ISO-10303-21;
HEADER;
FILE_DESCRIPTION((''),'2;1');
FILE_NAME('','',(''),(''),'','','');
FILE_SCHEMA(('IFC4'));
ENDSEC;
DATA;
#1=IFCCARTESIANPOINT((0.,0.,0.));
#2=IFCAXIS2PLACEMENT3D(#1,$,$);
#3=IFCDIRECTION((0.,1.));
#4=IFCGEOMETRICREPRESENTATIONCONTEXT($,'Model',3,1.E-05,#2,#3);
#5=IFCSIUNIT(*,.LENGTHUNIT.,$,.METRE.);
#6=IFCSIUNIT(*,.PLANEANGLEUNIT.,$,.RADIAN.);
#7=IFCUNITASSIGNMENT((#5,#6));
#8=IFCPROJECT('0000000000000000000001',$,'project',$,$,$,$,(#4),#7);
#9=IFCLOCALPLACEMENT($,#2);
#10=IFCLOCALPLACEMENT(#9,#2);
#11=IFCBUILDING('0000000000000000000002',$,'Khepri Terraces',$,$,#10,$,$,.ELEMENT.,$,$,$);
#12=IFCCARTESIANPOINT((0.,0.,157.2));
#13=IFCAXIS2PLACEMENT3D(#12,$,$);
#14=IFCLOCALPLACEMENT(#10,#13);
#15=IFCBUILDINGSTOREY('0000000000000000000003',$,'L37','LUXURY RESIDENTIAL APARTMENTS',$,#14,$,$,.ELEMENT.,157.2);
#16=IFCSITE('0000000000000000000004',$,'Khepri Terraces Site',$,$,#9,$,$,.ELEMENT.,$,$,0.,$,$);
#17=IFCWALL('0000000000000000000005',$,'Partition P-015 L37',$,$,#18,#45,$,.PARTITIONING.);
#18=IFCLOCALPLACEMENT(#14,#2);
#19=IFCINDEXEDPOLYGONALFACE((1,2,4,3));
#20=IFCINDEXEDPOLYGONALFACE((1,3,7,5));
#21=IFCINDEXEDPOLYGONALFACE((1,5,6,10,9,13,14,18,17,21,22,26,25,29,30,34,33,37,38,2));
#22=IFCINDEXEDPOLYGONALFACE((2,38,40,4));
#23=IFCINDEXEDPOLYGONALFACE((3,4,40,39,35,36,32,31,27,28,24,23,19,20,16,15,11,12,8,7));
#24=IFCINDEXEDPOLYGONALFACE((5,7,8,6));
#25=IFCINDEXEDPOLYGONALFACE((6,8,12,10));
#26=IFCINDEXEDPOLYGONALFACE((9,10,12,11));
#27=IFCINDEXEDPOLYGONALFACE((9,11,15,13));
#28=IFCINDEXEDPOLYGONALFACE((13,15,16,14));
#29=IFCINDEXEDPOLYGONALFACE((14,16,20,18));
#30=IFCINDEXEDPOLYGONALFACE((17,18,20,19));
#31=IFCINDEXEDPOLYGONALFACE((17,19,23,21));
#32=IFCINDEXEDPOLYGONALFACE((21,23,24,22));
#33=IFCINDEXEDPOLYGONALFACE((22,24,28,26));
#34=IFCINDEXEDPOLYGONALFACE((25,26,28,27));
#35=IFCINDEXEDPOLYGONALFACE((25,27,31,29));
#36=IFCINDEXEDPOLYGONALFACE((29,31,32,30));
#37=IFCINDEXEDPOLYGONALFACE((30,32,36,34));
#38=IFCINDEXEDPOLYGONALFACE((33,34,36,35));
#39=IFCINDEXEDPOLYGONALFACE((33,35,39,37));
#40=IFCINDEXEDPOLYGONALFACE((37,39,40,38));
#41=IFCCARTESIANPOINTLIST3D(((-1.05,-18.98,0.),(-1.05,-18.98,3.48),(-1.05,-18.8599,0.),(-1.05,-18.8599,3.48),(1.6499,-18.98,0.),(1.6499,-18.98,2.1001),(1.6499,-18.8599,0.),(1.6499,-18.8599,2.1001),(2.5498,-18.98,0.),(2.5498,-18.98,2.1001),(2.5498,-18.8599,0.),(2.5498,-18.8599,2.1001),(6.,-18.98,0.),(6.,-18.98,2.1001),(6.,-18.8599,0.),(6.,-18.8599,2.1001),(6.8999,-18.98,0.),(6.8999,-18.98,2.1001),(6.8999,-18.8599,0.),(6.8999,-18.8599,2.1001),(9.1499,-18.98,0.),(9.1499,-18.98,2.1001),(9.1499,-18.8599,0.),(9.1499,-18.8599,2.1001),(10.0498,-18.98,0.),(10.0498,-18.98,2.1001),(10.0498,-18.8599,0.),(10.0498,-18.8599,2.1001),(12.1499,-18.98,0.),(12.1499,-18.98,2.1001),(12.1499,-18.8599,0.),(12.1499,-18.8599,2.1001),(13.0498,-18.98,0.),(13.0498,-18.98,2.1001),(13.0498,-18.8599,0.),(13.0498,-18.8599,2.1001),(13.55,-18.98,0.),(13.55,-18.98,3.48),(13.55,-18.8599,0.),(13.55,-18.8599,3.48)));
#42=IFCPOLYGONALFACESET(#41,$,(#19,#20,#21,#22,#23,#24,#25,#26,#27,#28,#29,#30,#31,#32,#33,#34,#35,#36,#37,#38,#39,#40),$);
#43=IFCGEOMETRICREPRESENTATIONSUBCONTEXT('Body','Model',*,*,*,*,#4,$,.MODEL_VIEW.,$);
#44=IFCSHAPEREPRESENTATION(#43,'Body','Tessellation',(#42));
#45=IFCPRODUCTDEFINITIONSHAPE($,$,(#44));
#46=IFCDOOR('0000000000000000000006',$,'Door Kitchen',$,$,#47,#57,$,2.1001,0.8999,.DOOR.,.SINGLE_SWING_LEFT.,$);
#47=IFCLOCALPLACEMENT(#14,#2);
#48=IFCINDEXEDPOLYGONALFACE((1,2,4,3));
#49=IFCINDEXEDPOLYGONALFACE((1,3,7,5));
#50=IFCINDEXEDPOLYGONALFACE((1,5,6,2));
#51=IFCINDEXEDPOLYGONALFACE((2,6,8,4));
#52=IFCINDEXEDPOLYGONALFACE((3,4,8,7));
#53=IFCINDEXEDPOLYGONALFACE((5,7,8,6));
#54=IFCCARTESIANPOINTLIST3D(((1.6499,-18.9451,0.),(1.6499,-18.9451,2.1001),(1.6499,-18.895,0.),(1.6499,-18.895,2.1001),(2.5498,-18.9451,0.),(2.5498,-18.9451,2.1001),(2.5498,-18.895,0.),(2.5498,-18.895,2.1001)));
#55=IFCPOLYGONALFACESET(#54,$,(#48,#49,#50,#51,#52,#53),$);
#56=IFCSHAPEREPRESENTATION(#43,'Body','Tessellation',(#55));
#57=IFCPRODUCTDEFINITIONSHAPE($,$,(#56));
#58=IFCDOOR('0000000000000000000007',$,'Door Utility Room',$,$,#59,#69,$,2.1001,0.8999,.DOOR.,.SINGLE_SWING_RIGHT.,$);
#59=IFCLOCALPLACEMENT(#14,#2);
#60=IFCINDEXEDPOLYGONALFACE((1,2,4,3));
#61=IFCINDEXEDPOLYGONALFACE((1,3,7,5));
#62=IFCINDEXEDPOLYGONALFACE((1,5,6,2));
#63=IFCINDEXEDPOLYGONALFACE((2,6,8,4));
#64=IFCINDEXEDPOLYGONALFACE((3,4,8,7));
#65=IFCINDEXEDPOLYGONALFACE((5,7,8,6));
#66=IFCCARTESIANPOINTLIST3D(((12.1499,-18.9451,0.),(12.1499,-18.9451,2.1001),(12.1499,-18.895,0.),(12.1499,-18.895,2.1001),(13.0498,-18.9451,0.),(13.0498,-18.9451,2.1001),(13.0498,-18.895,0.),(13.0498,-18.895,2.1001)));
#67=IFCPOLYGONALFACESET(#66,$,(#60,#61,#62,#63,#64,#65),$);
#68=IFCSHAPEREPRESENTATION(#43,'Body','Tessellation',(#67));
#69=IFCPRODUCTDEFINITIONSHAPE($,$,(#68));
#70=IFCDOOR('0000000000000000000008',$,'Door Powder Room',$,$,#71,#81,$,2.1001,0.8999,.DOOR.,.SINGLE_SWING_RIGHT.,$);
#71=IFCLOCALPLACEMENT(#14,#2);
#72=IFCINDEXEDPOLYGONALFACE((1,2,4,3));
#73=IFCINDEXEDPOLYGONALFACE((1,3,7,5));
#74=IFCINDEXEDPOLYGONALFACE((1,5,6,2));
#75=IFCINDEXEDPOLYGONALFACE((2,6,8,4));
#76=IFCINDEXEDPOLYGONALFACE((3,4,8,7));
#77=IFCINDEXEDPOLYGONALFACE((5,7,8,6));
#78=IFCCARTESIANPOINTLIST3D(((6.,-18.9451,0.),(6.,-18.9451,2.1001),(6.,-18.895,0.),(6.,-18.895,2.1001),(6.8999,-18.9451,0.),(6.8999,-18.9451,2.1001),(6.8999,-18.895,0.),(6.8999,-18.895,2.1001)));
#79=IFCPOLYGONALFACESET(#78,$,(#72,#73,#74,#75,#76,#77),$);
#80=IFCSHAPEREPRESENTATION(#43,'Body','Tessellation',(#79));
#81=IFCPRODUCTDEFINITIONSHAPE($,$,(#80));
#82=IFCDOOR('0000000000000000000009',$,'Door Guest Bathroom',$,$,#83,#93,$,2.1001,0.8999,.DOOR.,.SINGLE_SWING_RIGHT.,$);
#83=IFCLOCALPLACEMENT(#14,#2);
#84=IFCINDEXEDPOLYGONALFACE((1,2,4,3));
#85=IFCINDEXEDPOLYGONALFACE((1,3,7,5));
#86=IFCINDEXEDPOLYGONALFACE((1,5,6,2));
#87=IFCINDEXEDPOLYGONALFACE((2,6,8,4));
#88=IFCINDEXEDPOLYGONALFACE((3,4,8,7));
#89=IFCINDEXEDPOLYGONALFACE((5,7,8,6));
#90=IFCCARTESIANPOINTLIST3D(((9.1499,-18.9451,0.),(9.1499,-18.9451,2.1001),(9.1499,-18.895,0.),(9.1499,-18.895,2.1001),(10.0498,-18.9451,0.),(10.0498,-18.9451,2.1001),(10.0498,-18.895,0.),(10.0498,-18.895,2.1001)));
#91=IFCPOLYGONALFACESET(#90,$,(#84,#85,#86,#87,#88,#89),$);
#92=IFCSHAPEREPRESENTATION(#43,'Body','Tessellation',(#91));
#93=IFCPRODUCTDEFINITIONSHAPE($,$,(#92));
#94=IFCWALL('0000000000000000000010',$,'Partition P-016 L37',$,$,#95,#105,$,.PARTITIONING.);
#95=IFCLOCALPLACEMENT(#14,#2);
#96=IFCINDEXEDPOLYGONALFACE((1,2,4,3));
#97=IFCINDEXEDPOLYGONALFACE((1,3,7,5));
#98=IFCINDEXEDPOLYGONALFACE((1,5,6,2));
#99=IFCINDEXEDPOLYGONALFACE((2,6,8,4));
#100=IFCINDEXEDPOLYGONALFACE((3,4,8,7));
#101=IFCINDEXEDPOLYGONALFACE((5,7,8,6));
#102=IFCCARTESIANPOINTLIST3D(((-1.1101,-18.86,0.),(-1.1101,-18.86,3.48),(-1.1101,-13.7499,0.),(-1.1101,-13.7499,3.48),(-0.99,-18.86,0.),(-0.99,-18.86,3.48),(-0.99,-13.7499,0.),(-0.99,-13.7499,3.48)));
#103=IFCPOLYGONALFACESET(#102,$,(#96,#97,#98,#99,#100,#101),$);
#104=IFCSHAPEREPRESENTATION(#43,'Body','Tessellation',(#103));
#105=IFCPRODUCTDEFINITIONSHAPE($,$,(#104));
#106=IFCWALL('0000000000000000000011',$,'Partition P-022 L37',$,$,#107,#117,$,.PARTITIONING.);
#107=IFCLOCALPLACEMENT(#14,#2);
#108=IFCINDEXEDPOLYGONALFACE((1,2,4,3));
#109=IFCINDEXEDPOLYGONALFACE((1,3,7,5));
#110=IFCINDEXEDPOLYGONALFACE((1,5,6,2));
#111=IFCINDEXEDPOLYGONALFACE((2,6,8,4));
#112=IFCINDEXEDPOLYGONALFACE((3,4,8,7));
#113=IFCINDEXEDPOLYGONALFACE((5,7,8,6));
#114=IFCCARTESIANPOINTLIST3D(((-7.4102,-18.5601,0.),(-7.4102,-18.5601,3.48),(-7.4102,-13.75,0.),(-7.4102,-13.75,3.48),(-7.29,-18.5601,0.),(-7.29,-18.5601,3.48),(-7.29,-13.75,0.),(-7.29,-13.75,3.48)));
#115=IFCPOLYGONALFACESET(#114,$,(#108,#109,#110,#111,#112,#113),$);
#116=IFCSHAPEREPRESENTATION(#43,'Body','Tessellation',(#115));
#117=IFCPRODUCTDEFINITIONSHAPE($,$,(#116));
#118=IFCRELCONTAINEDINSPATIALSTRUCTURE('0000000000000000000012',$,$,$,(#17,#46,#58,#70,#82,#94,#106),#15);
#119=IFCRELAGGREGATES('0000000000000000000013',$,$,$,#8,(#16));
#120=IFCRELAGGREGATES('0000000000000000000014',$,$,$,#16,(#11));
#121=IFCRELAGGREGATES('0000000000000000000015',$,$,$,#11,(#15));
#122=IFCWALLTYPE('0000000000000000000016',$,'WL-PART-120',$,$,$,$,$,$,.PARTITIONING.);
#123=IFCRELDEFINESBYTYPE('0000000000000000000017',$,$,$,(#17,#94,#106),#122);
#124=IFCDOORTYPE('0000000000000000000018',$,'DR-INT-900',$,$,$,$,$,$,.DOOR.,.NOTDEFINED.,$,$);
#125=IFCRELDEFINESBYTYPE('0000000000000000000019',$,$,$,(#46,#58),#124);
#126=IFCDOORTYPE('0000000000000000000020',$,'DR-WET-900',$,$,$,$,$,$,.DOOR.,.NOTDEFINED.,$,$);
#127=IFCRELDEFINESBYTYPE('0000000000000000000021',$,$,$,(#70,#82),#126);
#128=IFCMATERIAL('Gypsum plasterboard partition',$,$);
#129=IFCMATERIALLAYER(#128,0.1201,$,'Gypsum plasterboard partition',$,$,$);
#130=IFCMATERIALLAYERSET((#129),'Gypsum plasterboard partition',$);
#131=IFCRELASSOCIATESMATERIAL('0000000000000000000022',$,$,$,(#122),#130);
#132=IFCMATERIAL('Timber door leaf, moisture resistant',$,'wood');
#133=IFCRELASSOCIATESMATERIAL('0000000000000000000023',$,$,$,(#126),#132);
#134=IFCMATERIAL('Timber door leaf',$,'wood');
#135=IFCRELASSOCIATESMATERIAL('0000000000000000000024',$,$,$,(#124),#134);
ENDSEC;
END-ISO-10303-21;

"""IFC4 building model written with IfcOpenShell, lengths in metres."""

from ifc_helpers import new_model, si_unit, direction, frame, frame_2d, origin, place, context, subcontext, project, spatial, rectangle, extrude, material, layer, layer_set, type_object, element, fill, save


model = new_model("IFC4")

# Units and contexts
model_context = context("Model", 3, precision=1e-05, world=origin(), true_north=direction((0.0, 1.0)))
body_context = subcontext(model_context, "Body", "Model", "MODEL_VIEW")
ifc_project = project(units=[si_unit("LENGTHUNIT", "METRE"), si_unit("PLANEANGLEUNIT", "RADIAN")], contexts=[model_context])

# Site, building, storey
site_placement = place(None, origin())
site = spatial("IfcSite", under=ifc_project, at=site_placement, Name="Khepri Terraces Site", CompositionType="ELEMENT", RefElevation=0.0)
building_placement = place(site_placement, origin())
building = spatial("IfcBuilding", under=site, at=building_placement, Name="Khepri Terraces", CompositionType="ELEMENT")
storey_placement = place(building_placement, frame((0.0, 0.0, 157.2)))
storey = spatial("IfcBuildingStorey", under=building, at=storey_placement, Name="L37", Description="LUXURY RESIDENTIAL APARTMENTS", CompositionType="ELEMENT", Elevation=157.2)

# Shared definitions
ifc_material_1 = material(Name="Gypsum plasterboard partition")
ifc_layer_1 = layer(ifc_material_1, 0.1201, Name="Gypsum plasterboard partition")
ifc_layer_set_1 = layer_set([ifc_layer_1], Name="Gypsum plasterboard partition")
wall_type_1 = type_object("IfcWallType", Name="WL-PART-120", PredefinedType="PARTITIONING", material=ifc_layer_set_1)
ifc_material_2 = material(Name="Timber door leaf, moisture resistant", Category="wood")
door_type_1 = type_object("IfcDoorType", Name="DR-WET-900", OperationType="NOTDEFINED", PredefinedType="DOOR", material=ifc_material_2)

# Wall, openings, doors
ifc_material_3 = material(Name="Timber door leaf", Category="wood")
door_type_2 = type_object("IfcDoorType", Name="DR-INT-900", OperationType="NOTDEFINED", PredefinedType="DOOR", material=ifc_material_3)
wall_1_placement = place(storey_placement, frame((-1.05, -18.9199, 0.0), z_axis=(0.0, 0.0, 1.0), x_axis=(1.0, 0.0, 0.0)))
wall_1 = element("IfcWall", 1, at=wall_1_placement, inside=storey, type_object=wall_type_1, Name="Partition P-015 L37", PredefinedType="PARTITIONING", context=body_context, shape_type="SweptSolid", body=[
    extrude(rectangle(XDim=14.6001, YDim=0.1201, at=frame_2d((7.3, 0.0))), origin(), (0.0, 0.0, 1.0), 3.48),
])
opening_1_placement = place(wall_1_placement, frame((2.7, 0.0, 0.0)))
opening_1 = element("IfcOpeningElement", 2, at=opening_1_placement, cuts=wall_1, PredefinedType="OPENING", context=body_context, shape_type="SweptSolid", body=[
    extrude(rectangle(XDim=0.8999, YDim=2.1001, at=frame_2d((0.45, 1.05))), frame((0.0, 0.0701, 0.0), z_axis=(0.0, -1.0, 0.0), x_axis=(1.0, 0.0, 0.0)), (0.0, 0.0, 1.0), 0.1401),
])
opening_2_placement = place(wall_1_placement, frame((7.05, 0.0, 0.0)))
opening_2 = element("IfcOpeningElement", 3, at=opening_2_placement, cuts=wall_1, PredefinedType="OPENING", context=body_context, shape_type="SweptSolid", body=[
    extrude(rectangle(XDim=0.8999, YDim=2.1001, at=frame_2d((0.45, 1.05))), frame((0.0, 0.0701, 0.0), z_axis=(0.0, -1.0, 0.0), x_axis=(1.0, 0.0, 0.0)), (0.0, 0.0, 1.0), 0.1401),
])
opening_3_placement = place(wall_1_placement, frame((10.2, 0.0, 0.0)))
opening_3 = element("IfcOpeningElement", 4, at=opening_3_placement, cuts=wall_1, PredefinedType="OPENING", context=body_context, shape_type="SweptSolid", body=[
    extrude(rectangle(XDim=0.8999, YDim=2.1001, at=frame_2d((0.45, 1.05))), frame((0.0, 0.0701, 0.0), z_axis=(0.0, -1.0, 0.0), x_axis=(1.0, 0.0, 0.0)), (0.0, 0.0, 1.0), 0.1401),
])
opening_4_placement = place(wall_1_placement, frame((13.2, 0.0, 0.0)))
opening_4 = element("IfcOpeningElement", 5, at=opening_4_placement, cuts=wall_1, PredefinedType="OPENING", context=body_context, shape_type="SweptSolid", body=[
    extrude(rectangle(XDim=0.8999, YDim=2.1001, at=frame_2d((0.45, 1.05))), frame((0.0, 0.0701, 0.0), z_axis=(0.0, -1.0, 0.0), x_axis=(1.0, 0.0, 0.0)), (0.0, 0.0, 1.0), 0.1401),
])
door_1_placement = place(opening_1_placement, origin())
door_1 = element("IfcDoor", 6, at=door_1_placement, inside=storey, type_object=door_type_2, Name="Door Kitchen", OperationType="SINGLE_SWING_LEFT", OverallHeight=2.1001, OverallWidth=0.8999, PredefinedType="DOOR", context=body_context, shape_type="SweptSolid", body=[
    extrude(rectangle(XDim=0.8999, YDim=2.1001, at=frame_2d((0.45, 1.05))), frame((0.0, 0.0249, 0.0), z_axis=(0.0, -1.0, 0.0), x_axis=(1.0, 0.0, 0.0)), (0.0, 0.0, 1.0), 0.05),
])
fill(opening_1, door_1)
door_2_placement = place(opening_4_placement, origin())
door_2 = element("IfcDoor", 7, at=door_2_placement, inside=storey, type_object=door_type_2, Name="Door Utility Room", OperationType="SINGLE_SWING_RIGHT", OverallHeight=2.1001, OverallWidth=0.8999, PredefinedType="DOOR", context=body_context, shape_type="SweptSolid", body=[
    extrude(rectangle(XDim=0.8999, YDim=2.1001, at=frame_2d((0.45, 1.05))), frame((0.0, 0.0249, 0.0), z_axis=(0.0, -1.0, 0.0), x_axis=(1.0, 0.0, 0.0)), (0.0, 0.0, 1.0), 0.05),
])
fill(opening_4, door_2)
door_3_placement = place(opening_2_placement, origin())
door_3 = element("IfcDoor", 8, at=door_3_placement, inside=storey, type_object=door_type_1, Name="Door Powder Room", OperationType="SINGLE_SWING_RIGHT", OverallHeight=2.1001, OverallWidth=0.8999, PredefinedType="DOOR", context=body_context, shape_type="SweptSolid", body=[
    extrude(rectangle(XDim=0.8999, YDim=2.1001, at=frame_2d((0.45, 1.05))), frame((0.0, 0.0249, 0.0), z_axis=(0.0, -1.0, 0.0), x_axis=(1.0, 0.0, 0.0)), (0.0, 0.0, 1.0), 0.05),
])
fill(opening_2, door_3)
door_4_placement = place(opening_3_placement, origin())
door_4 = element("IfcDoor", 9, at=door_4_placement, inside=storey, type_object=door_type_1, Name="Door Guest Bathroom", OperationType="SINGLE_SWING_RIGHT", OverallHeight=2.1001, OverallWidth=0.8999, PredefinedType="DOOR", context=body_context, shape_type="SweptSolid", body=[
    extrude(rectangle(XDim=0.8999, YDim=2.1001, at=frame_2d((0.45, 1.05))), frame((0.0, 0.0249, 0.0), z_axis=(0.0, -1.0, 0.0), x_axis=(1.0, 0.0, 0.0)), (0.0, 0.0, 1.0), 0.05),
])
fill(opening_3, door_4)

# Walls
wall_2_placement = place(storey_placement, frame((-1.05, -18.8601, 0.0), z_axis=(0.0, 0.0, 1.0), x_axis=(0.0, 1.0, 0.0)))
element("IfcWall", 10, at=wall_2_placement, inside=storey, type_object=wall_type_1, Name="Partition P-016 L37", PredefinedType="PARTITIONING", context=body_context, shape_type="SweptSolid", body=[
    extrude(rectangle(XDim=5.1101, YDim=0.1201, at=frame_2d((2.5552, 0.0))), origin(), (0.0, 0.0, 1.0), 3.48),
])
wall_3_placement = place(storey_placement, frame((-7.3501, -18.5601, 0.0), z_axis=(0.0, 0.0, 1.0), x_axis=(0.0, 1.0, 0.0)))
element("IfcWall", 11, at=wall_3_placement, inside=storey, type_object=wall_type_1, Name="Partition P-022 L37", PredefinedType="PARTITIONING", context=body_context, shape_type="SweptSolid", body=[
    extrude(rectangle(XDim=4.8101, YDim=0.1201, at=frame_2d((2.405, 0.0))), origin(), (0.0, 0.0, 1.0), 3.48),
])

save(model, "model.ifc")
